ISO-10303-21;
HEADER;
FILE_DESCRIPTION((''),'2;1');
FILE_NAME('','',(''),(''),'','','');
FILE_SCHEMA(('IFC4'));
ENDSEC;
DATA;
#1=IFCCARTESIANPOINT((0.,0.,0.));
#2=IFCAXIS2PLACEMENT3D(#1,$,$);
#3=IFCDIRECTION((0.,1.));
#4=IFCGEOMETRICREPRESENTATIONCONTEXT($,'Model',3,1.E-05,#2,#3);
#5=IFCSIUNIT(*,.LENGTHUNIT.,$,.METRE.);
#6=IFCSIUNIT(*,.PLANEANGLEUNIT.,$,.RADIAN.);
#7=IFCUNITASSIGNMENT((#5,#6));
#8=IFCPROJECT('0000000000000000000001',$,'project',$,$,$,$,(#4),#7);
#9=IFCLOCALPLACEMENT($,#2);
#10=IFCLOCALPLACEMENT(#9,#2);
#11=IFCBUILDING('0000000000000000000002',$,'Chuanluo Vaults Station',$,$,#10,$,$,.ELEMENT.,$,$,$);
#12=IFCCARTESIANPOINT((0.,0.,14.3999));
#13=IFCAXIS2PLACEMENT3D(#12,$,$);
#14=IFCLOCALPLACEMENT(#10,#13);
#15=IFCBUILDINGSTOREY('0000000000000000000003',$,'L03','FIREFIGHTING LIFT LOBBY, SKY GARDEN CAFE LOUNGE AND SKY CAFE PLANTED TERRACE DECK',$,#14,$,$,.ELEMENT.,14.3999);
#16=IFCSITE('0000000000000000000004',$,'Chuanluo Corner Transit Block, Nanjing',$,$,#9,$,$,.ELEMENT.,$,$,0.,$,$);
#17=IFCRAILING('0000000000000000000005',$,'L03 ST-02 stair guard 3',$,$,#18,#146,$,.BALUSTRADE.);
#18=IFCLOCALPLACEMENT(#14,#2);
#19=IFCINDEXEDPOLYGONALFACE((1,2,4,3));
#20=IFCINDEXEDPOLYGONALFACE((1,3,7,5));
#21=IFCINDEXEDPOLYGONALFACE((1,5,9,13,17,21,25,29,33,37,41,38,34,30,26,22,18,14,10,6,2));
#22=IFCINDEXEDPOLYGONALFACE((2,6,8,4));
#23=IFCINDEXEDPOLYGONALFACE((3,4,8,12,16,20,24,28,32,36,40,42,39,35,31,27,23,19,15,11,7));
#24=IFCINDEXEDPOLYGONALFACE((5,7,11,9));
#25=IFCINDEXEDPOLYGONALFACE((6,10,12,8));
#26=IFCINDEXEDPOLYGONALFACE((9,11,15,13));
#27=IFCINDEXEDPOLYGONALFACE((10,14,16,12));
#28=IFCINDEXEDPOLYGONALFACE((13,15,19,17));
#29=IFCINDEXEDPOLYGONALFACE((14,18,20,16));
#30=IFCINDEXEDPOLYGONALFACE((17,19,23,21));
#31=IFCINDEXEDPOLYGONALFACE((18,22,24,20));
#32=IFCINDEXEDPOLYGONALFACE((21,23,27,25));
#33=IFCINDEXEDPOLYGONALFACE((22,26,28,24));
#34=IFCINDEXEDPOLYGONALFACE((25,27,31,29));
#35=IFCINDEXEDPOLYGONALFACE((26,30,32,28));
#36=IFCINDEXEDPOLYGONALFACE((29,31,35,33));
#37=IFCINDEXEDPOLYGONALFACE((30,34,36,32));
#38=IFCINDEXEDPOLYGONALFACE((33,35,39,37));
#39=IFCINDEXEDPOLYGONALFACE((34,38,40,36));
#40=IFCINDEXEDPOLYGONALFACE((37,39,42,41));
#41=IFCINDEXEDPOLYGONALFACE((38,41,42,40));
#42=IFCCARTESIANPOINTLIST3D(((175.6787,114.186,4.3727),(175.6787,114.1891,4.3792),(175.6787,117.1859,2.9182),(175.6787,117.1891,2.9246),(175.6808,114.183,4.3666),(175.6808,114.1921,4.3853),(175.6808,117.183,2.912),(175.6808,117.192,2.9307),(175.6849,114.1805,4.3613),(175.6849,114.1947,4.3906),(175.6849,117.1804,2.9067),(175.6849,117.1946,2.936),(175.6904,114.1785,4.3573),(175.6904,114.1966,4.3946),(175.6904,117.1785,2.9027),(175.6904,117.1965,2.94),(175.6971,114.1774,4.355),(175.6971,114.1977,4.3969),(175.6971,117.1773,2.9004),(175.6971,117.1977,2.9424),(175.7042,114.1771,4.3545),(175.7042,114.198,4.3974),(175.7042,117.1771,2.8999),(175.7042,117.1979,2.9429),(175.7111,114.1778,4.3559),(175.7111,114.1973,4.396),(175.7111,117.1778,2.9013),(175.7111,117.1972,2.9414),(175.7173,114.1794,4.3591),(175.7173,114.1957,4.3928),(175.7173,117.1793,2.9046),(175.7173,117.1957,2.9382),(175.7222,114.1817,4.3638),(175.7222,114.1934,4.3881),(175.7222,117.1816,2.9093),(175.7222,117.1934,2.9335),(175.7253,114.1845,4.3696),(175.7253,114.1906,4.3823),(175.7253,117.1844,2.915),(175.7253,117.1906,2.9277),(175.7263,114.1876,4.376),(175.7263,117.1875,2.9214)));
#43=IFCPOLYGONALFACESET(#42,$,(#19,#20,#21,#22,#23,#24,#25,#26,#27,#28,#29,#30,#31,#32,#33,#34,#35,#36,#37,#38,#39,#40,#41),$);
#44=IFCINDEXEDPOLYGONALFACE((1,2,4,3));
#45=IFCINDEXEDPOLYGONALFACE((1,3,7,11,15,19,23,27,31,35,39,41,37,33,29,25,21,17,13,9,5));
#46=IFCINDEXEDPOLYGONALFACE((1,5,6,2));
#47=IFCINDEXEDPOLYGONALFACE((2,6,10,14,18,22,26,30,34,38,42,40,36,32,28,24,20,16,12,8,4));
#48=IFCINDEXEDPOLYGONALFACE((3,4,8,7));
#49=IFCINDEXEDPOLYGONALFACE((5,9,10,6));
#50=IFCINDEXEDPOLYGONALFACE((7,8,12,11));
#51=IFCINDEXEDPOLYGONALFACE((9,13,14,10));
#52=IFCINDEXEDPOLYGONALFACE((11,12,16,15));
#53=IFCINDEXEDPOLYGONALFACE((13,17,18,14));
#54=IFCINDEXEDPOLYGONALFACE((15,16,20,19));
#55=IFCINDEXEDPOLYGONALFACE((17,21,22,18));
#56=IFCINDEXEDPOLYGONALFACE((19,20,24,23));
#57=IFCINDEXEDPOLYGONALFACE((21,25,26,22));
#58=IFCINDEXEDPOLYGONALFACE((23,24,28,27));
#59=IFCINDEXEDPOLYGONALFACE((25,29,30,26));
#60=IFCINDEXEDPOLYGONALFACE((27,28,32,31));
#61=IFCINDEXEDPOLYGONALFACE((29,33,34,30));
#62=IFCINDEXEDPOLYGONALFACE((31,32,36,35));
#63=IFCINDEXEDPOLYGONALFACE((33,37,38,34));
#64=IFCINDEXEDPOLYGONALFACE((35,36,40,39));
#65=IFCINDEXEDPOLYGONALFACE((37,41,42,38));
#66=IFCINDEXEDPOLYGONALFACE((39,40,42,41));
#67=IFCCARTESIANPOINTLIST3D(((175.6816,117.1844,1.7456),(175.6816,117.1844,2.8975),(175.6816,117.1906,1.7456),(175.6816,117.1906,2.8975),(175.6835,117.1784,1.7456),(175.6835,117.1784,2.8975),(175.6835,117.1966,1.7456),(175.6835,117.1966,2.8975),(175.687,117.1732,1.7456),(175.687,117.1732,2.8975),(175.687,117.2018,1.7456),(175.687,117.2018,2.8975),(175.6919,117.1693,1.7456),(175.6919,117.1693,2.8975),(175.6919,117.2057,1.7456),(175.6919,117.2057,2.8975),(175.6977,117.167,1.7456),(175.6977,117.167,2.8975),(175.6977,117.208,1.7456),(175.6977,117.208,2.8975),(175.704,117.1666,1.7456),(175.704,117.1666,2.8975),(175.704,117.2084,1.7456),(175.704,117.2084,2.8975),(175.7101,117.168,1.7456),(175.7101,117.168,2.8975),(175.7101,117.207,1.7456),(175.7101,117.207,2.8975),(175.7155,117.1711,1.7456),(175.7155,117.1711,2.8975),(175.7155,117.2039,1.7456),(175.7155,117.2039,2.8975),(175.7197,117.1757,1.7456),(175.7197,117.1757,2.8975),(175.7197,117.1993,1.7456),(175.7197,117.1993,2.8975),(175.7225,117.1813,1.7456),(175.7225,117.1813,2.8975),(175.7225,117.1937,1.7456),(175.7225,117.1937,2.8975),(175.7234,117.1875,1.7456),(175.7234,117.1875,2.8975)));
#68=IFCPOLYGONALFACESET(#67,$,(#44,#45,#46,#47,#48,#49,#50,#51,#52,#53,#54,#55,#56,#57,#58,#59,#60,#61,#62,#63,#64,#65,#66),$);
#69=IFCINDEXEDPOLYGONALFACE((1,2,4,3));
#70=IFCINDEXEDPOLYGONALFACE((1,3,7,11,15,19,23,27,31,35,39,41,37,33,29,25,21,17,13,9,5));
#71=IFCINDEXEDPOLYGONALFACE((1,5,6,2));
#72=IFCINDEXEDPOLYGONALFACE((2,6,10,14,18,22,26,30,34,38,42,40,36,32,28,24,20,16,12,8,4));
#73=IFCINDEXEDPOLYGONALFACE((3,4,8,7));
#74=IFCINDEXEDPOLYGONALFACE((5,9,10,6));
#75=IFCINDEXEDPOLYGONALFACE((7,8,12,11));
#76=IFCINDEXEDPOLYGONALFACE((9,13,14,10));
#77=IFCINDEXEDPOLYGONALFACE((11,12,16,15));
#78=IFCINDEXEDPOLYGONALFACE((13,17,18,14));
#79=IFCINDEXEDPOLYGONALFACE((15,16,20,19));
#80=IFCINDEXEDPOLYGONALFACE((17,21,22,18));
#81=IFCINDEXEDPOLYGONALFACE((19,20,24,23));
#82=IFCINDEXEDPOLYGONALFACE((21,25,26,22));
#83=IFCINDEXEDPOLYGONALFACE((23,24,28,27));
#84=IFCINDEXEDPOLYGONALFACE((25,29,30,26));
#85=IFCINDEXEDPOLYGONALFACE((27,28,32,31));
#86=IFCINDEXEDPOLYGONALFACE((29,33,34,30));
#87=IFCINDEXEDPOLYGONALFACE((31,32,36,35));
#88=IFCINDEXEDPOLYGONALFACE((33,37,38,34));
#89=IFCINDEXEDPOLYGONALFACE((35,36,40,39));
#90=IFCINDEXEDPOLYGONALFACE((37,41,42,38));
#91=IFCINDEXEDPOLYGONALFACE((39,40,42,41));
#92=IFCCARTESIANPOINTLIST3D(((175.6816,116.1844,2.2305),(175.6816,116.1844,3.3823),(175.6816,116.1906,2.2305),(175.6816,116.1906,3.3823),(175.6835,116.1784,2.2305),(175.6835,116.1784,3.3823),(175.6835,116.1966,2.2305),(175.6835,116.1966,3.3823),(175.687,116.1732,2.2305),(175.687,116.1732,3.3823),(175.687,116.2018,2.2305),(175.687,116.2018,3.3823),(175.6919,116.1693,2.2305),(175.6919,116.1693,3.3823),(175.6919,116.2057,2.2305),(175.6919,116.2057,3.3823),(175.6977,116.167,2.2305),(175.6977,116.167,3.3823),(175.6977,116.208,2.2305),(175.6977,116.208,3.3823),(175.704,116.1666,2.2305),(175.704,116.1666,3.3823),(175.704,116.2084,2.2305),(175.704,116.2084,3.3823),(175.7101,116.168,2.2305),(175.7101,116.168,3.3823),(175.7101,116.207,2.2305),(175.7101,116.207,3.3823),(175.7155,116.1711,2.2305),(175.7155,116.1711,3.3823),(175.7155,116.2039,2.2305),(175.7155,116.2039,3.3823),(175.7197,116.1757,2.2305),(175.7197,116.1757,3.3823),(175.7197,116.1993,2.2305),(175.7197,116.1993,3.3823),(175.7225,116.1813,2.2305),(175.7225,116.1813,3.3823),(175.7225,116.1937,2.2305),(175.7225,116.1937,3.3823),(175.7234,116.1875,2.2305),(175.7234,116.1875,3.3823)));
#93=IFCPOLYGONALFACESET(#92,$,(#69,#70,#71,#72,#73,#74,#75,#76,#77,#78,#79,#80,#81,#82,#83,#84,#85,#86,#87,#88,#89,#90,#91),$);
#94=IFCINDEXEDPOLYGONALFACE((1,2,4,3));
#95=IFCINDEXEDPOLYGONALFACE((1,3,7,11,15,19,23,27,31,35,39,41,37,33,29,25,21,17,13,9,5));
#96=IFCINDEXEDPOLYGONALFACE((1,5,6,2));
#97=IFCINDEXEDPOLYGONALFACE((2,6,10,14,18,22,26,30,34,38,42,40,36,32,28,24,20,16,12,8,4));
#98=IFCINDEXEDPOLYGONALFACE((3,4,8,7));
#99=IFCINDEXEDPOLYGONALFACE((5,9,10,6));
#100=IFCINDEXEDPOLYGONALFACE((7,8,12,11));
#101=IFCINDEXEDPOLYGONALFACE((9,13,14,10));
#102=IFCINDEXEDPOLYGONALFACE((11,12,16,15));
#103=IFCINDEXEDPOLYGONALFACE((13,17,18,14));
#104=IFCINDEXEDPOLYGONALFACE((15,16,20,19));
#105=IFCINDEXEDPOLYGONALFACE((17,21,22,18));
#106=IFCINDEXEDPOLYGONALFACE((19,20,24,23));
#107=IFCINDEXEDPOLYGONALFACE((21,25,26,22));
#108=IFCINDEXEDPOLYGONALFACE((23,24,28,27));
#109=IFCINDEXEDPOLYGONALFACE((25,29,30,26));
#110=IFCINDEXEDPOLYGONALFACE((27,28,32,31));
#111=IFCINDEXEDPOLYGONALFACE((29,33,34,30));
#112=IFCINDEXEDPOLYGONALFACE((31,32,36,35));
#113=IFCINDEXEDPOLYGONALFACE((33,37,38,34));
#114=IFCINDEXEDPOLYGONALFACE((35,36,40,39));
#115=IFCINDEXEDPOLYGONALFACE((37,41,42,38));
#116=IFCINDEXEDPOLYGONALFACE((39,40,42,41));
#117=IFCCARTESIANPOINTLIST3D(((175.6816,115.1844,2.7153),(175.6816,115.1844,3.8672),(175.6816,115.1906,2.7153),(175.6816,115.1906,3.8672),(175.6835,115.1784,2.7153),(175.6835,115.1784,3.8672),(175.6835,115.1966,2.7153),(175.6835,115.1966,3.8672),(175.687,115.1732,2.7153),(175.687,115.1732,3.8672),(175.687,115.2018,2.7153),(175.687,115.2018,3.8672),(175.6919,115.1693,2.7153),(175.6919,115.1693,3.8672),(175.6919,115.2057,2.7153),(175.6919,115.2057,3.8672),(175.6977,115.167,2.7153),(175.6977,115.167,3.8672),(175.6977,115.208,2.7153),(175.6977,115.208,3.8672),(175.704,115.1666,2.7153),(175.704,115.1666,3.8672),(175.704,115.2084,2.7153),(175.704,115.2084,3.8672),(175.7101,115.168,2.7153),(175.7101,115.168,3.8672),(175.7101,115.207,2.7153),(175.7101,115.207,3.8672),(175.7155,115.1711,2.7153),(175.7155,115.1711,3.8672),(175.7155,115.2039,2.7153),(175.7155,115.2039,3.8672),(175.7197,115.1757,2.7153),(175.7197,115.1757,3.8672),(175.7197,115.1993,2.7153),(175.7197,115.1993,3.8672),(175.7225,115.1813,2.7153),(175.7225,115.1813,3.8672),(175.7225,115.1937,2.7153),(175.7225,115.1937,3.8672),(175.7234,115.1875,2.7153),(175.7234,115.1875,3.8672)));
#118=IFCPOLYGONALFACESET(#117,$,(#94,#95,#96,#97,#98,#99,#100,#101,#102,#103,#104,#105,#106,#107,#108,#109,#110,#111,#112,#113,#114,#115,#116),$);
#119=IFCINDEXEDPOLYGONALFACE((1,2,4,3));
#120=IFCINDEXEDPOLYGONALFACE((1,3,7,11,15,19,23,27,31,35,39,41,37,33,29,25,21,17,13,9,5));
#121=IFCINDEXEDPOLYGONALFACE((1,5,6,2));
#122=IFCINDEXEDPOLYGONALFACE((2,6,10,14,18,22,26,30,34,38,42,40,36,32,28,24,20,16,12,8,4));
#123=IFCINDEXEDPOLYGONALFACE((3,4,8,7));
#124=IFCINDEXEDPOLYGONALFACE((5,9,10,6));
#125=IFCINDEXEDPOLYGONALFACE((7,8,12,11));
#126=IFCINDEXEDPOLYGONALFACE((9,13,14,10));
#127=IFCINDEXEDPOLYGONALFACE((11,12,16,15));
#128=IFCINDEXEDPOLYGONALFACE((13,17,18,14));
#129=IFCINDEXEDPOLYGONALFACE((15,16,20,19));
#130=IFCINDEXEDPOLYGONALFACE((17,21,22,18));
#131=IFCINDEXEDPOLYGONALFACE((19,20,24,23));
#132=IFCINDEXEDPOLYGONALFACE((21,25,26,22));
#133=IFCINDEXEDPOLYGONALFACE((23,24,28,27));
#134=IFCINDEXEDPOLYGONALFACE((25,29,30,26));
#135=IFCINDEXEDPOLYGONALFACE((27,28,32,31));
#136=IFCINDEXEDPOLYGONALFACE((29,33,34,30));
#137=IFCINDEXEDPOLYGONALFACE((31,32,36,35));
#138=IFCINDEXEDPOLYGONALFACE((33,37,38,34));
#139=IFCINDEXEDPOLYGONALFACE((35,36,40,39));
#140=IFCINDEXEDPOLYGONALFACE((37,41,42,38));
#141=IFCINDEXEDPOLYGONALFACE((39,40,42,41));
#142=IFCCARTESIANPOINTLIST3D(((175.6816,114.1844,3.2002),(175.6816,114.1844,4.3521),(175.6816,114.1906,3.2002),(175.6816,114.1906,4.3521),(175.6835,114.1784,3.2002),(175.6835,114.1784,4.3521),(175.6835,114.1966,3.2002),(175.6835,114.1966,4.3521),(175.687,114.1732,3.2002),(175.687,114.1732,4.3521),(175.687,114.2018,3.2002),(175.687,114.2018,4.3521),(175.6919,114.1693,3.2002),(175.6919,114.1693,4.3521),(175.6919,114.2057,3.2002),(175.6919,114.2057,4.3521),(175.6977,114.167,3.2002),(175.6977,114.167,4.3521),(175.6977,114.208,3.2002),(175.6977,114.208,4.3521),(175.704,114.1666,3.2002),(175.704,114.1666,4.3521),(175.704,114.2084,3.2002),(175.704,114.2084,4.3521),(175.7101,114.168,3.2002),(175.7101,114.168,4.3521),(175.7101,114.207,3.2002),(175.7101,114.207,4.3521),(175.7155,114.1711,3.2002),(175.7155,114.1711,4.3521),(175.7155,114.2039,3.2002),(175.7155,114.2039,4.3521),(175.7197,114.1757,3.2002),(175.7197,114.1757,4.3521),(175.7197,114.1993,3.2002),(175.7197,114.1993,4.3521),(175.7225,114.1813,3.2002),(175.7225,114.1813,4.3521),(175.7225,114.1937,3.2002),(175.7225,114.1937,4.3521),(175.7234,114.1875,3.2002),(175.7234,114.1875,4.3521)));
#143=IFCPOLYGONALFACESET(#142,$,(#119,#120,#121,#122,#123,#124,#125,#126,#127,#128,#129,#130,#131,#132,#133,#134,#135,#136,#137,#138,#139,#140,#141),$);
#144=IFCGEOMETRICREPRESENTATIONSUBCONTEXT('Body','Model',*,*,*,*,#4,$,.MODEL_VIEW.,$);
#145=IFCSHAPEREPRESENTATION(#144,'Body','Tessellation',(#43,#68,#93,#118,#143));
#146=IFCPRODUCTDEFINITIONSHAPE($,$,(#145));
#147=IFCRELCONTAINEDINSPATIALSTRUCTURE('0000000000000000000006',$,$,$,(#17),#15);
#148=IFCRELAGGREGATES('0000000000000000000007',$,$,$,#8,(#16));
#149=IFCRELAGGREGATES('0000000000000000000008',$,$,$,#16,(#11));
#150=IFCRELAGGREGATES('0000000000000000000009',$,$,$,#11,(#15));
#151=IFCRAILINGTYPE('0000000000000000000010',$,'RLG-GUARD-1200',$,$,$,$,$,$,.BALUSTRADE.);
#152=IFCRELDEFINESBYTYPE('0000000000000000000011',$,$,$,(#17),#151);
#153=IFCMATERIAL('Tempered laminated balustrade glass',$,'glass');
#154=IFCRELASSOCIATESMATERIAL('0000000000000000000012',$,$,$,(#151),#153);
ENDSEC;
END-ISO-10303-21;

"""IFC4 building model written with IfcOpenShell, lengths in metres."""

from ifc_helpers import new_model, si_unit, direction, frame, origin, origin_2d, place, context, subcontext, project, spatial, circle, extrude, material, type_object, element, save


model = new_model("IFC4")

# Units and contexts
model_context = context("Model", 3, precision=1e-05, world=origin(), true_north=direction((0.0, 1.0)))
body_context = subcontext(model_context, "Body", "Model", "MODEL_VIEW")
ifc_project = project(units=[si_unit("LENGTHUNIT", "METRE"), si_unit("PLANEANGLEUNIT", "RADIAN")], contexts=[model_context])

# Site, building, storey
site_placement = place(None, origin())
site = spatial("IfcSite", under=ifc_project, at=site_placement, Name="Chuanluo Corner Transit Block, Nanjing", CompositionType="ELEMENT", RefElevation=0.0)
building_placement = place(site_placement, origin())
building = spatial("IfcBuilding", under=site, at=building_placement, Name="Chuanluo Vaults Station", CompositionType="ELEMENT")
storey_placement = place(building_placement, frame((0.0, 0.0, 14.3999)))
storey = spatial("IfcBuildingStorey", under=building, at=storey_placement, Name="L03", Description="FIREFIGHTING LIFT LOBBY, SKY GARDEN CAFE LOUNGE AND SKY CAFE PLANTED TERRACE DECK", CompositionType="ELEMENT", Elevation=14.3999)

# Railing
ifc_material_1 = material(Name="Tempered laminated balustrade glass", Category="glass")
railing_type_1 = type_object("IfcRailingType", Name="RLG-GUARD-1200", PredefinedType="BALUSTRADE", material=ifc_material_1)
railing_1_placement = place(storey_placement, frame((175.7024, 117.1875, 1.7456)))
element("IfcRailing", 1, at=railing_1_placement, inside=storey, type_object=railing_type_1, Name="L03 ST-02 stair guard 3", PredefinedType="BALUSTRADE", context=body_context, shape_type="SweptSolid", body=[
    extrude(circle(Radius=0.0239, at=origin_2d()), frame((0.0, 0.0, 1.1758), z_axis=(0.0, -0.899809, 0.436284), x_axis=(1.0, 0.0, 0.0)), (0.0, 0.0, 1.0), 3.334),
    extrude(circle(Radius=0.021, at=origin_2d()), origin(), (0.0, 0.0, 1.0), 1.1519),
    extrude(circle(Radius=0.021, at=origin_2d()), frame((0.0, -1.0, 0.4849)), (0.0, 0.0, 1.0), 1.1519),
    extrude(circle(Radius=0.021, at=origin_2d()), frame((0.0, -2.0, 0.9697)), (0.0, 0.0, 1.0), 1.1519),
    extrude(circle(Radius=0.021, at=origin_2d()), frame((0.0, -3.0, 1.4546)), (0.0, 0.0, 1.0), 1.1519),
])

save(model, "model.ifc")
